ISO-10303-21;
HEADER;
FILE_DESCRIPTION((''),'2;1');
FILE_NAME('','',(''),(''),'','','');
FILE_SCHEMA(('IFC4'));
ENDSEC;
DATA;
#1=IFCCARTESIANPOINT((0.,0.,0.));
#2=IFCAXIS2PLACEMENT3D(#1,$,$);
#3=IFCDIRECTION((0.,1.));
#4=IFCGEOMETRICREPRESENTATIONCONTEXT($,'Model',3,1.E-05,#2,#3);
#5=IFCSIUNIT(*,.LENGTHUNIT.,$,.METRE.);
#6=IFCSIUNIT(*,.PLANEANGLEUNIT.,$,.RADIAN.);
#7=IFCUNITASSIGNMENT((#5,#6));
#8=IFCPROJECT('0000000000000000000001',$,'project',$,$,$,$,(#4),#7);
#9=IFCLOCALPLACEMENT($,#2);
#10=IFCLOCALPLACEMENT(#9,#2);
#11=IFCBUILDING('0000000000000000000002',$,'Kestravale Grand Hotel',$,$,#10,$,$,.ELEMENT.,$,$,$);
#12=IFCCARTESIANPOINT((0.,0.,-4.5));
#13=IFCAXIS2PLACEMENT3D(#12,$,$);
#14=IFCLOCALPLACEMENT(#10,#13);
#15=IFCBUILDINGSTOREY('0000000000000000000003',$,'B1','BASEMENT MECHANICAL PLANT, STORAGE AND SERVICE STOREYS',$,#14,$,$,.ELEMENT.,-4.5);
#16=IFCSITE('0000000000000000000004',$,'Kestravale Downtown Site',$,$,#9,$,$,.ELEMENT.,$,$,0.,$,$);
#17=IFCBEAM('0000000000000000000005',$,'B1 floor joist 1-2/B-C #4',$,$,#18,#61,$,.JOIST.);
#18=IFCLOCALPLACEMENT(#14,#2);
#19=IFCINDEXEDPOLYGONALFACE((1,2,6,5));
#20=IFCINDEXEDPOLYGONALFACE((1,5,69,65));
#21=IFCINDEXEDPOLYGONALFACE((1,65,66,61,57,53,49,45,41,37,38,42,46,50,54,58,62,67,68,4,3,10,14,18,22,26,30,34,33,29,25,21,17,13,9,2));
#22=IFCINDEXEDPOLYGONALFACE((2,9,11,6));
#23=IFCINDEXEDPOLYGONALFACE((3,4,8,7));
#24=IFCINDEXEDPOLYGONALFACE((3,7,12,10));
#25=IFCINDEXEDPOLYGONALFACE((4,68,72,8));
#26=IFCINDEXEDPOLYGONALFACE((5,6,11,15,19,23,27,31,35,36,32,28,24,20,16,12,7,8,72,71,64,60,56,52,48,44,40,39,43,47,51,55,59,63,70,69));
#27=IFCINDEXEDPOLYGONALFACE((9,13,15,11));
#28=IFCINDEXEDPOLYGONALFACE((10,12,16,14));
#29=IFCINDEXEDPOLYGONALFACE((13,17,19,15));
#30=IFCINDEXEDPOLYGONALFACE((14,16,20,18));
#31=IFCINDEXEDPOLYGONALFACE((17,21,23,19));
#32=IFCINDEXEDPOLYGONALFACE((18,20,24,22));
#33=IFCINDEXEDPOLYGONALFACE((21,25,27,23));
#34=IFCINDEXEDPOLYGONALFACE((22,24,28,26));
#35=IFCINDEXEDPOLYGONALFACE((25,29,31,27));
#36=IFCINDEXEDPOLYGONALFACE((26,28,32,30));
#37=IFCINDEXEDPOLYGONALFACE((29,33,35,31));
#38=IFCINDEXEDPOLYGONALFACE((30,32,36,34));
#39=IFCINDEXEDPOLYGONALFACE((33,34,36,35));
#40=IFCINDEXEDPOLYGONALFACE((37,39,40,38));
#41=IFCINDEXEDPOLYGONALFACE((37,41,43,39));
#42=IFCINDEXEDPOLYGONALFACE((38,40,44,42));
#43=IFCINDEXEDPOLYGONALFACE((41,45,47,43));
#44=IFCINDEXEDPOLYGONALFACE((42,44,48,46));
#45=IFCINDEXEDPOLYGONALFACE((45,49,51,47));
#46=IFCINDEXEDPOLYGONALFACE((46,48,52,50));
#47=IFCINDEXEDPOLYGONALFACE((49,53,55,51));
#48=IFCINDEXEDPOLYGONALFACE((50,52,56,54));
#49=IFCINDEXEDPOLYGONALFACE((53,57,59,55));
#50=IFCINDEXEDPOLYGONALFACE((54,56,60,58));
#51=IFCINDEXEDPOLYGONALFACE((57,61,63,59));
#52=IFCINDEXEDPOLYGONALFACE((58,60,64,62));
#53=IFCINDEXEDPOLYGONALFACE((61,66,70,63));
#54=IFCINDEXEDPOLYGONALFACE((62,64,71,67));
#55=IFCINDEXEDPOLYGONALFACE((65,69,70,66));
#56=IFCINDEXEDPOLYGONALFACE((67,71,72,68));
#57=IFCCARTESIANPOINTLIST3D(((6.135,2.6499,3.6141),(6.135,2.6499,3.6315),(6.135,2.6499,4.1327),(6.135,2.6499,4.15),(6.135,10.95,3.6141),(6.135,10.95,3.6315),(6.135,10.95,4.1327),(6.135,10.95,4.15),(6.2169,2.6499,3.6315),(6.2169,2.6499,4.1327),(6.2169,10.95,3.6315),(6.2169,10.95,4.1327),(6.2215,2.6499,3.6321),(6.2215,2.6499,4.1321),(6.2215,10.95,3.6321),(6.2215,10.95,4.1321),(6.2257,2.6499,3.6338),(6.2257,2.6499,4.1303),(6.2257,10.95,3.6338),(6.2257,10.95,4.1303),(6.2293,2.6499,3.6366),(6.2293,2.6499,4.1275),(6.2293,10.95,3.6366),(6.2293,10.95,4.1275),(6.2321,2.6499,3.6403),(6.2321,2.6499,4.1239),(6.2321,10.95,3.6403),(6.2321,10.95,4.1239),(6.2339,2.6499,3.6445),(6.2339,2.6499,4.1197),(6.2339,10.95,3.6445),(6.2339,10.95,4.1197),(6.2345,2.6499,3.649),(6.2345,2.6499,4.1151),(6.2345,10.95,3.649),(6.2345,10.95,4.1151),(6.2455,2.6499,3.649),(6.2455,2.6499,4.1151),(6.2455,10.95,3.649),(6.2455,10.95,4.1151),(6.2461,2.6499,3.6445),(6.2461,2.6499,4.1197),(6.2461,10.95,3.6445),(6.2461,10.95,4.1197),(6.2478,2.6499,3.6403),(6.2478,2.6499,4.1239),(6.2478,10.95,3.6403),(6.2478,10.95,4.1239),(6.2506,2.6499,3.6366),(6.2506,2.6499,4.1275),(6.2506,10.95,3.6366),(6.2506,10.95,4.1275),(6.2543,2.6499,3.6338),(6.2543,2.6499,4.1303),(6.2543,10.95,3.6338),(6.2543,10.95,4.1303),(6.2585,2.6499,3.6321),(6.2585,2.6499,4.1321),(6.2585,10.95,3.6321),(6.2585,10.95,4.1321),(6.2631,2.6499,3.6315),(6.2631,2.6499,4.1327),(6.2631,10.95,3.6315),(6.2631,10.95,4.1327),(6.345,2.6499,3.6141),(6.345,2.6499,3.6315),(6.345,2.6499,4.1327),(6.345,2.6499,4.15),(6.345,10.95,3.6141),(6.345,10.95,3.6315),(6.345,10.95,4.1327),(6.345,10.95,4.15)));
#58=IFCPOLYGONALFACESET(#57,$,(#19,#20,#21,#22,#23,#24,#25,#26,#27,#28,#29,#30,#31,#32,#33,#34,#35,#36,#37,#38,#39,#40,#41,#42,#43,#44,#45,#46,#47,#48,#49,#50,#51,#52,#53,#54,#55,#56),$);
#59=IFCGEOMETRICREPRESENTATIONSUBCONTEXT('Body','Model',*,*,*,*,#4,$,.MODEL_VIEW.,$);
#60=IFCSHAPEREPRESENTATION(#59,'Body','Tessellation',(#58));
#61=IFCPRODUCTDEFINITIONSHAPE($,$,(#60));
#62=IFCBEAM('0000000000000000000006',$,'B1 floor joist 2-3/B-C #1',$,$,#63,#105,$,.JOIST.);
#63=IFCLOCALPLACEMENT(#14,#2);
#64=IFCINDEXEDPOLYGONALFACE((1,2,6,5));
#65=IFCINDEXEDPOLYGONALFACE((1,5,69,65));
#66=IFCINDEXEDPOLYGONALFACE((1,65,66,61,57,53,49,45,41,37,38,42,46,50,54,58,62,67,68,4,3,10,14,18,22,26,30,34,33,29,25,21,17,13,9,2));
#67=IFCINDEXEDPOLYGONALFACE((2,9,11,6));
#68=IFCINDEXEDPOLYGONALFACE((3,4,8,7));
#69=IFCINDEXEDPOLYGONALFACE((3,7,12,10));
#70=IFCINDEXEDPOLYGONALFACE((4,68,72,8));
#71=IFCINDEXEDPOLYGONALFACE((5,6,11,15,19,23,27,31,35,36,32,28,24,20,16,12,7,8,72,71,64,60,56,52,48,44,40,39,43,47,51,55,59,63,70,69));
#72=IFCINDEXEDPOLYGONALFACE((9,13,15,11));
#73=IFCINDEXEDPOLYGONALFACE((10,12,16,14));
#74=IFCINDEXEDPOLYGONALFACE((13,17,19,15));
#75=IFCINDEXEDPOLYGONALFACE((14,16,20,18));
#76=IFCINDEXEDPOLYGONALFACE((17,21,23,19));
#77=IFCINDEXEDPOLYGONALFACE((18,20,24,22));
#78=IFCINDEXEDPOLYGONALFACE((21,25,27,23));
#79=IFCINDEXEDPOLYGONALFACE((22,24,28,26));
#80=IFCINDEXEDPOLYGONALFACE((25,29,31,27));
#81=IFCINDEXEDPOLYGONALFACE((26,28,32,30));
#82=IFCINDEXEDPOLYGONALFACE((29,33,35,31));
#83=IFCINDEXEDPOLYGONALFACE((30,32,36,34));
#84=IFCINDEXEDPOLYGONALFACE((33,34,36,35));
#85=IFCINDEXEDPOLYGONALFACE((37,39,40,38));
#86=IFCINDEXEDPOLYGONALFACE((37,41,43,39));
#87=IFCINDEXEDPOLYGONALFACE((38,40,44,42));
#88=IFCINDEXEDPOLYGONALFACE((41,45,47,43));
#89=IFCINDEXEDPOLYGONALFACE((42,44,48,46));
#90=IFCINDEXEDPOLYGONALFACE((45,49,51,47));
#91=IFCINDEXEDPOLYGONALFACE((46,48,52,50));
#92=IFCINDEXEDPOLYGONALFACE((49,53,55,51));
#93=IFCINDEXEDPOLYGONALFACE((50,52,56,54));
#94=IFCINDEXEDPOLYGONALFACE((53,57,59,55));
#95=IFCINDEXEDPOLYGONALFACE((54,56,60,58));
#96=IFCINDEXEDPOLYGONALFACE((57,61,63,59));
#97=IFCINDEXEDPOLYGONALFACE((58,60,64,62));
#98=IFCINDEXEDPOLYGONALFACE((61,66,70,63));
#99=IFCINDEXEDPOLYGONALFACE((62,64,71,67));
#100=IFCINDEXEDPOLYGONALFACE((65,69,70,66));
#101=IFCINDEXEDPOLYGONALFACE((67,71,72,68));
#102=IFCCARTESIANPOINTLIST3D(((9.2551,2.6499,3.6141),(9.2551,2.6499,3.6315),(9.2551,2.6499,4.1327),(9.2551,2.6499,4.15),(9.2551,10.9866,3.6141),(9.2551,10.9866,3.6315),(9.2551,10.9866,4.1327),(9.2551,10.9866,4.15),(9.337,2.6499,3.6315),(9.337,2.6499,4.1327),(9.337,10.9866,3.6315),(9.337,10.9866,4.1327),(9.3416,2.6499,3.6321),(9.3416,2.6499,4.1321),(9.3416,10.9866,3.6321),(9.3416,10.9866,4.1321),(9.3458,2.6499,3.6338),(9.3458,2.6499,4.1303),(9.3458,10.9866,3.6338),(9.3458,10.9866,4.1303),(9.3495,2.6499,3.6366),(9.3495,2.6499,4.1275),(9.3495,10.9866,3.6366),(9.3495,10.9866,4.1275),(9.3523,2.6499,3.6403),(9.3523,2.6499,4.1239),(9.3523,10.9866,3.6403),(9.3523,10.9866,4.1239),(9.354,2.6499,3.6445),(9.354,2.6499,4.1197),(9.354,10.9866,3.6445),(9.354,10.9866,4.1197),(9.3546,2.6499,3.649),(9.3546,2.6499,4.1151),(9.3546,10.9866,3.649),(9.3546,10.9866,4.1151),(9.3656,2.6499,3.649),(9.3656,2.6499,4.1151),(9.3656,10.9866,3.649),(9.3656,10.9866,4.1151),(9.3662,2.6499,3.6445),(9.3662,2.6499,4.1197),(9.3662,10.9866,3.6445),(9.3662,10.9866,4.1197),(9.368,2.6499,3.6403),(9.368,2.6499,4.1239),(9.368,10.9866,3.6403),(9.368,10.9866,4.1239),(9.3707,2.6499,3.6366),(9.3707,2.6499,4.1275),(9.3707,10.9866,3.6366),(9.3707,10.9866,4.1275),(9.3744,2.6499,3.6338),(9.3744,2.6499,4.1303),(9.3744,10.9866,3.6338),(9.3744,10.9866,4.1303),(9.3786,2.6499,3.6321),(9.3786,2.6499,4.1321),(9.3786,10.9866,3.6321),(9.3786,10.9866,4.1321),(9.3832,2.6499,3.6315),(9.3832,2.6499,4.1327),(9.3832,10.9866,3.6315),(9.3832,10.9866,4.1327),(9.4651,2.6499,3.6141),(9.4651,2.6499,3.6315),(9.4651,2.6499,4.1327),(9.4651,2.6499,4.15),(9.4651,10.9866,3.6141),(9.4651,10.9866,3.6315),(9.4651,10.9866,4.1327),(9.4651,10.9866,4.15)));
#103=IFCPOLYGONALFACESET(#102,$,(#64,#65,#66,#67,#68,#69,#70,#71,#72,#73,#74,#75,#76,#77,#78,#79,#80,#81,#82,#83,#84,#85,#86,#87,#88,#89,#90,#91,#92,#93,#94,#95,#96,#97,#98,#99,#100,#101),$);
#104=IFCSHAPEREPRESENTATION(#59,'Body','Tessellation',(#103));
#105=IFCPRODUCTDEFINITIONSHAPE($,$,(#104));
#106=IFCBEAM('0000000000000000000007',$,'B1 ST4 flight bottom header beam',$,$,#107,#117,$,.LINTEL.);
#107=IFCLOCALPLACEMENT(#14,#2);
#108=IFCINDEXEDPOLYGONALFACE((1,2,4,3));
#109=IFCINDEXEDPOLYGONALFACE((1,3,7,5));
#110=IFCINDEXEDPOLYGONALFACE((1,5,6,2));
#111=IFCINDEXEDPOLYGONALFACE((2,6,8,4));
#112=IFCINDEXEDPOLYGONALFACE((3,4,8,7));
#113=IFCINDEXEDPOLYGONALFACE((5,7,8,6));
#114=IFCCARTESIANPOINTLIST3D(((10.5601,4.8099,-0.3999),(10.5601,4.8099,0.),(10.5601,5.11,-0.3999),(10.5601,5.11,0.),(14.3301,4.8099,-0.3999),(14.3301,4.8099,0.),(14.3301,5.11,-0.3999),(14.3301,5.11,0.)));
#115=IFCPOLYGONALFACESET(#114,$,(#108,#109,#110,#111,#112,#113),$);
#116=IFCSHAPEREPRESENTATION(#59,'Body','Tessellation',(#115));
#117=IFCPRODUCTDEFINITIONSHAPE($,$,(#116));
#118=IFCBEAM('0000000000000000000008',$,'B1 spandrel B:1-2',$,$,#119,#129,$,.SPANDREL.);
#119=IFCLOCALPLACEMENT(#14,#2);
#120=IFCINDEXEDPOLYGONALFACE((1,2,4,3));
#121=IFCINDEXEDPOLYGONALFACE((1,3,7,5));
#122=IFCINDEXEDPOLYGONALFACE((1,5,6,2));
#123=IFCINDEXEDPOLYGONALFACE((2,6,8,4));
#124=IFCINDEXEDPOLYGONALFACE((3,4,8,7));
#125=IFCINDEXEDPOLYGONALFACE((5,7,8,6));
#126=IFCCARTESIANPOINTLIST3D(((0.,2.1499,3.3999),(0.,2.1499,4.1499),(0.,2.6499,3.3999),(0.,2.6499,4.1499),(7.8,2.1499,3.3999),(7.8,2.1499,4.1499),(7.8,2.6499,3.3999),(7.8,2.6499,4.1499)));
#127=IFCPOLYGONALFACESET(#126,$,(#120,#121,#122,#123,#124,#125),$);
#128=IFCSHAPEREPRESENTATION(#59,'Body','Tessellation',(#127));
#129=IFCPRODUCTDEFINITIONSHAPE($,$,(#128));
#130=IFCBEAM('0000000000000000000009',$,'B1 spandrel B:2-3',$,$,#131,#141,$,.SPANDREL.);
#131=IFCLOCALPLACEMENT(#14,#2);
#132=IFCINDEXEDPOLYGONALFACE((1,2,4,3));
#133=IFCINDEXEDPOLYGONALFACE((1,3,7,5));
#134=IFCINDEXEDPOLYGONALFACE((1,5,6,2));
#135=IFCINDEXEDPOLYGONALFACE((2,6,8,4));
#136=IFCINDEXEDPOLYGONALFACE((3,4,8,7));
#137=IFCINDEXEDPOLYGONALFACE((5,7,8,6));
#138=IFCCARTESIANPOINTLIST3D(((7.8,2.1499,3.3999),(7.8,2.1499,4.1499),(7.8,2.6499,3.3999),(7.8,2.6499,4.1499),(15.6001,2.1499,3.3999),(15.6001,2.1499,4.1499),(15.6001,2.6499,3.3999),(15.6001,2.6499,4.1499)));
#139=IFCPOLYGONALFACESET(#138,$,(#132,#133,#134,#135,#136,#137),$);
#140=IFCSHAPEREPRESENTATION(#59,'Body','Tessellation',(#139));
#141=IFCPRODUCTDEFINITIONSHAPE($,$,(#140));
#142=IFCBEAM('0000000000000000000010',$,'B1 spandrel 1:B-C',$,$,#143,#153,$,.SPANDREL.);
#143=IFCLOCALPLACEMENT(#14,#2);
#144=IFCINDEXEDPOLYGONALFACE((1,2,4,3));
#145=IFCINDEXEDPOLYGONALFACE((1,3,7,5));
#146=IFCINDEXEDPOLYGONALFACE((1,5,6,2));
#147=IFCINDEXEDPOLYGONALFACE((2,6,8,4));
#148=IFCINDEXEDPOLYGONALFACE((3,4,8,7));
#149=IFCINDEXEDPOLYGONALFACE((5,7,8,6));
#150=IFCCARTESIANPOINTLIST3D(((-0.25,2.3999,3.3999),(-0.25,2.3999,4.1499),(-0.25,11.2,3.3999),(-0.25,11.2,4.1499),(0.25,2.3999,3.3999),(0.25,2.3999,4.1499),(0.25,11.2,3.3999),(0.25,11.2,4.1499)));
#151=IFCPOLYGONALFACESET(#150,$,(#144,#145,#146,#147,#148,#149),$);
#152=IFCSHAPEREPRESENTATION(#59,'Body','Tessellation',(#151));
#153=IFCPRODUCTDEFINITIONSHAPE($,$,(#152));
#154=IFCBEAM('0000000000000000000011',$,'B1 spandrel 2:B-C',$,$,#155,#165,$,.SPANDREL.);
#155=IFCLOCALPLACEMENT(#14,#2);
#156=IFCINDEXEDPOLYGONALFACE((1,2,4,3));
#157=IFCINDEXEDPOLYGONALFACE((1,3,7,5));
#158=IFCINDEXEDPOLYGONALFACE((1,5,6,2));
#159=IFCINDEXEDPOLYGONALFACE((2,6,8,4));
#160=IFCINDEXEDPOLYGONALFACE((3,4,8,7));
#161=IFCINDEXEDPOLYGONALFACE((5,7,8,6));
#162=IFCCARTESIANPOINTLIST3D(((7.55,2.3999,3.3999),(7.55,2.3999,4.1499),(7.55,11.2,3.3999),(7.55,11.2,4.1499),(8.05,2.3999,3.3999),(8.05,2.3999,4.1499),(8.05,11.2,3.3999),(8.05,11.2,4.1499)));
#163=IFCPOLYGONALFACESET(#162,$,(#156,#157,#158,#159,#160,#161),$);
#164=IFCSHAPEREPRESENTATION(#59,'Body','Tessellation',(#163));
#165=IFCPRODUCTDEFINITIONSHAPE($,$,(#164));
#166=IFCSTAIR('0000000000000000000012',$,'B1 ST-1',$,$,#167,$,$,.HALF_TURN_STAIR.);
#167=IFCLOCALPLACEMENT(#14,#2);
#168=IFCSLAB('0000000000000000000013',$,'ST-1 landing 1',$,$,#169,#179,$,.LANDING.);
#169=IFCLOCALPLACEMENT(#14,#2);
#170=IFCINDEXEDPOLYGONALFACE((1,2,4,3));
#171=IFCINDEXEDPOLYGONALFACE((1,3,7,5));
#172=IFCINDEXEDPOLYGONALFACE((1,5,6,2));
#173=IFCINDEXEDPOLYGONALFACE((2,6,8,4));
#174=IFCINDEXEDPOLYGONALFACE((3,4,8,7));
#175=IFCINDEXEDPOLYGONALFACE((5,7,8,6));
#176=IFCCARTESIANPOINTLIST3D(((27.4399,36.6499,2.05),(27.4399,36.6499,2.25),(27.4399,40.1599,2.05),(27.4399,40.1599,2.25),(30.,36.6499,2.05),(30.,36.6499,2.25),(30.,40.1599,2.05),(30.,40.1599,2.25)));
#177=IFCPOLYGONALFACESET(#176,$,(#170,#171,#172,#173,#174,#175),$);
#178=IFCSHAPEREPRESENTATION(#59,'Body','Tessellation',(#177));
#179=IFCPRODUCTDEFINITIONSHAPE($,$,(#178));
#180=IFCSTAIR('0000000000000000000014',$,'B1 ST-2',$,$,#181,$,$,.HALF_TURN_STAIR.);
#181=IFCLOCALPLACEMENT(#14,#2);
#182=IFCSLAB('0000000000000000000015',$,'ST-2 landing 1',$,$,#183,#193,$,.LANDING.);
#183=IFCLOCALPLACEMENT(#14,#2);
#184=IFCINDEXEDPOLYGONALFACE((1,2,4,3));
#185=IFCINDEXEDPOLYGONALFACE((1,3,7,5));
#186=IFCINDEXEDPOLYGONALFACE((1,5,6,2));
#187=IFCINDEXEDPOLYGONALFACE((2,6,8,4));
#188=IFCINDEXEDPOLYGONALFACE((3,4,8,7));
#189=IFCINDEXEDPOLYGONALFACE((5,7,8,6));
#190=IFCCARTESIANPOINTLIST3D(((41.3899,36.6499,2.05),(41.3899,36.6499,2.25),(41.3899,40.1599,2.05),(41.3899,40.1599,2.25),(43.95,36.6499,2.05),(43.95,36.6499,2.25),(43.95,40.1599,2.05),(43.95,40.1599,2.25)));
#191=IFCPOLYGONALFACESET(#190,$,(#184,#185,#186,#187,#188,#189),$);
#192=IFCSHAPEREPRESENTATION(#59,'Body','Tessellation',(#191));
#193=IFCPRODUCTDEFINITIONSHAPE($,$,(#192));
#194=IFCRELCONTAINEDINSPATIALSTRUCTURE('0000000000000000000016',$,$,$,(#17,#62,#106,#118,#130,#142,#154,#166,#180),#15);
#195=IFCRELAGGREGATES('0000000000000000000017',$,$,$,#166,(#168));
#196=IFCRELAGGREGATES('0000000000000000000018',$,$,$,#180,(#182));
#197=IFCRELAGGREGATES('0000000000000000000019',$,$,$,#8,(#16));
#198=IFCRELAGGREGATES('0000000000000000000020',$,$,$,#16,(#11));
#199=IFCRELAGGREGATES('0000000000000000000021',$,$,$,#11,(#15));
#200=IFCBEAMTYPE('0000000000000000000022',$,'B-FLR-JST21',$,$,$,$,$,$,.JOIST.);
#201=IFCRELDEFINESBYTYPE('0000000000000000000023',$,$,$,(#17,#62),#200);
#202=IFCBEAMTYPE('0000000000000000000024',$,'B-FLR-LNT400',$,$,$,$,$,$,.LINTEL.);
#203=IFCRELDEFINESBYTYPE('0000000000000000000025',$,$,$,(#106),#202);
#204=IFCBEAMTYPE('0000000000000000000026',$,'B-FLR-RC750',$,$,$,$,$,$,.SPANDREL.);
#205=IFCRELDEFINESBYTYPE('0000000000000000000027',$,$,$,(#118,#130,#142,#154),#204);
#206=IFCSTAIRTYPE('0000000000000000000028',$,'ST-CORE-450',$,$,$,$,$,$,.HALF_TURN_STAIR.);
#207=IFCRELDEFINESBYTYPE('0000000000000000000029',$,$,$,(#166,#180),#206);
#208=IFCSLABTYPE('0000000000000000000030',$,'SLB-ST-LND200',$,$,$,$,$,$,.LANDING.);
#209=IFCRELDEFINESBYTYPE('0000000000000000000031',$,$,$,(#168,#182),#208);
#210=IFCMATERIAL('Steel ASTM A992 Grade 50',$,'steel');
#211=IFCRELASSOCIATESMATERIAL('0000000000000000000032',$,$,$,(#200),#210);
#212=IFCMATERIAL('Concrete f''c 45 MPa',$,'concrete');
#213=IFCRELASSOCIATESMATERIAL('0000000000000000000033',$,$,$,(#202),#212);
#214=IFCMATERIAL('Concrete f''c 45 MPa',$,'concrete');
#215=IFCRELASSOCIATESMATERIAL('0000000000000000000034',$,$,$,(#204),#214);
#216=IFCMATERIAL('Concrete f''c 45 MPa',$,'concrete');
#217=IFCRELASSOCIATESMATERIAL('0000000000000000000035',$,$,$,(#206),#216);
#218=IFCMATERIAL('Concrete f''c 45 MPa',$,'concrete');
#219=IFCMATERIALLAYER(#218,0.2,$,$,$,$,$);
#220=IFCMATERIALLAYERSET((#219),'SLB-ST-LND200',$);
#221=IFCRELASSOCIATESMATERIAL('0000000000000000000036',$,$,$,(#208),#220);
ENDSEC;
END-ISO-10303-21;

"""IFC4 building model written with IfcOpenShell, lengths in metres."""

from ifc_helpers import new_model, si_unit, direction, frame, origin, origin_2d, place, context, subcontext, project, spatial, polyline, rectangle, i_section, outline, extrude, material, layer, layer_set, material_profile, profile_set, type_object, element, aggregate, save


model = new_model("IFC4")

# Units and contexts
model_context = context("Model", 3, precision=1e-05, world=origin(), true_north=direction((0.0, 1.0)))
body_context = subcontext(model_context, "Body", "Model", "MODEL_VIEW")
ifc_project = project(units=[si_unit("LENGTHUNIT", "METRE"), si_unit("PLANEANGLEUNIT", "RADIAN")], contexts=[model_context])

# Site, building, storey
site_placement = place(None, origin())
site = spatial("IfcSite", under=ifc_project, at=site_placement, Name="Kestravale Downtown Site", CompositionType="ELEMENT", RefElevation=0.0)
building_placement = place(site_placement, origin())
building = spatial("IfcBuilding", under=site, at=building_placement, Name="Kestravale Grand Hotel", CompositionType="ELEMENT")
storey_placement = place(building_placement, frame((0.0, 0.0, -4.5)))
storey = spatial("IfcBuildingStorey", under=building, at=storey_placement, Name="B1", Description="BASEMENT MECHANICAL PLANT, STORAGE AND SERVICE STOREYS", CompositionType="ELEMENT", Elevation=-4.5)

# Beams
ifc_material_1 = material(Name="Steel ASTM A992 Grade 50", Category="steel")
ifc_material_profile_1 = material_profile(ifc_material_1, i_section(OverallWidth=0.21, OverallDepth=0.5359, WebThickness=0.011, FlangeThickness=0.0173, FilletRadius=0.0176, at=origin_2d()))
ifc_profile_set_1 = profile_set([ifc_material_profile_1], Name="Steel ASTM A992 Grade 50")
beam_type_1 = type_object("IfcBeamType", Name="B-FLR-JST21", PredefinedType="JOIST", material=ifc_profile_set_1)
for number, where, z_axis, x_axis, name in (
    (1, (6.24, 2.6499, 3.8821), (0.0, 1.0, 0.0), (-1.0, 0.0, 0.0), "B1 floor joist 1-2/B-C #4"),
):
    element("IfcBeam", number, at=place(storey_placement, frame(where, z_axis=z_axis, x_axis=x_axis)), inside=storey, type_object=beam_type_1, Name=name, PredefinedType="JOIST", context=body_context, shape_type="SweptSolid", body=[
        extrude(i_section(OverallWidth=0.21, OverallDepth=0.5359, WebThickness=0.011, FlangeThickness=0.0173, FilletRadius=0.0176, at=origin_2d()), origin(), (0.0, 0.0, 1.0), 8.3),
    ])
beam_1_placement = place(storey_placement, frame((9.3601, 2.6499, 3.8821), z_axis=(0.0, 1.0, 0.0), x_axis=(-1.0, 0.0, 0.0)))
element("IfcBeam", 2, at=beam_1_placement, inside=storey, type_object=beam_type_1, Name="B1 floor joist 2-3/B-C #1", PredefinedType="JOIST", context=body_context, shape_type="SweptSolid", body=[
    extrude(i_section(OverallWidth=0.21, OverallDepth=0.5359, WebThickness=0.011, FlangeThickness=0.0173, FilletRadius=0.0176, at=origin_2d()), origin(), (0.0, 0.0, 1.0), 8.3367),
])
ifc_material_2 = material(Name="Concrete f'c 45 MPa", Category="concrete")
ifc_material_profile_2 = material_profile(ifc_material_2, rectangle(XDim=0.3, YDim=0.3999, at=origin_2d()))
ifc_profile_set_2 = profile_set([ifc_material_profile_2], Name="Concrete f'c 45 MPa")
beam_type_2 = type_object("IfcBeamType", Name="B-FLR-LNT400", PredefinedType="LINTEL", material=ifc_profile_set_2)
beam_2_placement = place(storey_placement, frame((10.5601, 4.96, -0.2), z_axis=(1.0, 0.0, 0.0), x_axis=(0.0, 1.0, 0.0)))
element("IfcBeam", 3, at=beam_2_placement, inside=storey, type_object=beam_type_2, Name="B1 ST4 flight bottom header beam", PredefinedType="LINTEL", context=body_context, shape_type="SweptSolid", body=[
    extrude(rectangle(XDim=0.3, YDim=0.3999, at=origin_2d()), origin(), (0.0, 0.0, 1.0), 3.77),
])
ifc_material_3 = material(Name="Concrete f'c 45 MPa", Category="concrete")
ifc_material_profile_3 = material_profile(ifc_material_3, rectangle(XDim=0.5, YDim=0.75, at=origin_2d()))
ifc_profile_set_3 = profile_set([ifc_material_profile_3], Name="Concrete f'c 45 MPa")
beam_type_3 = type_object("IfcBeamType", Name="B-FLR-RC750", PredefinedType="SPANDREL", material=ifc_profile_set_3)
for number, where, z_axis, x_axis, name in (
    (4, (0.0, 2.3999, 3.7749), (1.0, 0.0, 0.0), (0.0, 1.0, 0.0), "B1 spandrel B:1-2"),
    (5, (7.8, 2.3999, 3.7749), (1.0, 0.0, 0.0), (0.0, 1.0, 0.0), "B1 spandrel B:2-3"),
):
    element("IfcBeam", number, at=place(storey_placement, frame(where, z_axis=z_axis, x_axis=x_axis)), inside=storey, type_object=beam_type_3, Name=name, PredefinedType="SPANDREL", context=body_context, shape_type="SweptSolid", body=[
        extrude(rectangle(XDim=0.5, YDim=0.75, at=origin_2d()), origin(), (0.0, 0.0, 1.0), 7.8),
    ])
for number, where, z_axis, x_axis, name in (
    (6, (0.0, 2.3999, 3.7749), (0.0, 1.0, 0.0), (-1.0, 0.0, 0.0), "B1 spandrel 1:B-C"),
    (7, (7.8, 2.3999, 3.7749), (0.0, 1.0, 0.0), (-1.0, 0.0, 0.0), "B1 spandrel 2:B-C"),
):
    element("IfcBeam", number, at=place(storey_placement, frame(where, z_axis=z_axis, x_axis=x_axis)), inside=storey, type_object=beam_type_3, Name=name, PredefinedType="SPANDREL", context=body_context, shape_type="SweptSolid", body=[
        extrude(rectangle(XDim=0.5, YDim=0.75, at=origin_2d()), origin(), (0.0, 0.0, 1.0), 8.8),
    ])

# Stairs, slabs
ifc_material_4 = material(Name="Concrete f'c 45 MPa", Category="concrete")
stair_type = type_object("IfcStairType", Name="ST-CORE-450", PredefinedType="HALF_TURN_STAIR", material=ifc_material_4)
stair_1_placement = place(storey_placement, origin())
stair_1 = element("IfcStair", 8, at=stair_1_placement, inside=storey, type_object=stair_type, Name="B1 ST-1", PredefinedType="HALF_TURN_STAIR")
ifc_material_5 = material(Name="Concrete f'c 45 MPa", Category="concrete")
ifc_layer_1 = layer(ifc_material_5, 0.2)
ifc_layer_set_1 = layer_set([ifc_layer_1], Name="SLB-ST-LND200")
slab_type_1 = type_object("IfcSlabType", Name="SLB-ST-LND200", PredefinedType="LANDING", material=ifc_layer_set_1)
slab_1_placement = place(storey_placement, frame((0.0, 0.0, 2.05)))
slab_1 = element("IfcSlab", 9, at=slab_1_placement, type_object=slab_type_1, Name="ST-1 landing 1", PredefinedType="LANDING", context=body_context, shape_type="SweptSolid", body=[
    extrude(outline(polyline([(27.4399, 36.6499), (30.0, 36.6499), (30.0, 40.1599), (27.4399, 40.1599), (27.4399, 36.6499)])), origin(), (0.0, 0.0, 1.0), 0.2),
])
aggregate(stair_1, [slab_1])
stair_2_placement = place(storey_placement, origin())
stair_2 = element("IfcStair", 10, at=stair_2_placement, inside=storey, type_object=stair_type, Name="B1 ST-2", PredefinedType="HALF_TURN_STAIR")
slab_2_placement = place(storey_placement, frame((0.0, 0.0, 2.05)))
slab_2 = element("IfcSlab", 11, at=slab_2_placement, type_object=slab_type_1, Name="ST-2 landing 1", PredefinedType="LANDING", context=body_context, shape_type="SweptSolid", body=[
    extrude(outline(polyline([(41.3899, 36.6499), (43.95, 36.6499), (43.95, 40.1599), (41.3899, 40.1599), (41.3899, 36.6499)])), origin(), (0.0, 0.0, 1.0), 0.2),
])
aggregate(stair_2, [slab_2])

save(model, "model.ifc")
